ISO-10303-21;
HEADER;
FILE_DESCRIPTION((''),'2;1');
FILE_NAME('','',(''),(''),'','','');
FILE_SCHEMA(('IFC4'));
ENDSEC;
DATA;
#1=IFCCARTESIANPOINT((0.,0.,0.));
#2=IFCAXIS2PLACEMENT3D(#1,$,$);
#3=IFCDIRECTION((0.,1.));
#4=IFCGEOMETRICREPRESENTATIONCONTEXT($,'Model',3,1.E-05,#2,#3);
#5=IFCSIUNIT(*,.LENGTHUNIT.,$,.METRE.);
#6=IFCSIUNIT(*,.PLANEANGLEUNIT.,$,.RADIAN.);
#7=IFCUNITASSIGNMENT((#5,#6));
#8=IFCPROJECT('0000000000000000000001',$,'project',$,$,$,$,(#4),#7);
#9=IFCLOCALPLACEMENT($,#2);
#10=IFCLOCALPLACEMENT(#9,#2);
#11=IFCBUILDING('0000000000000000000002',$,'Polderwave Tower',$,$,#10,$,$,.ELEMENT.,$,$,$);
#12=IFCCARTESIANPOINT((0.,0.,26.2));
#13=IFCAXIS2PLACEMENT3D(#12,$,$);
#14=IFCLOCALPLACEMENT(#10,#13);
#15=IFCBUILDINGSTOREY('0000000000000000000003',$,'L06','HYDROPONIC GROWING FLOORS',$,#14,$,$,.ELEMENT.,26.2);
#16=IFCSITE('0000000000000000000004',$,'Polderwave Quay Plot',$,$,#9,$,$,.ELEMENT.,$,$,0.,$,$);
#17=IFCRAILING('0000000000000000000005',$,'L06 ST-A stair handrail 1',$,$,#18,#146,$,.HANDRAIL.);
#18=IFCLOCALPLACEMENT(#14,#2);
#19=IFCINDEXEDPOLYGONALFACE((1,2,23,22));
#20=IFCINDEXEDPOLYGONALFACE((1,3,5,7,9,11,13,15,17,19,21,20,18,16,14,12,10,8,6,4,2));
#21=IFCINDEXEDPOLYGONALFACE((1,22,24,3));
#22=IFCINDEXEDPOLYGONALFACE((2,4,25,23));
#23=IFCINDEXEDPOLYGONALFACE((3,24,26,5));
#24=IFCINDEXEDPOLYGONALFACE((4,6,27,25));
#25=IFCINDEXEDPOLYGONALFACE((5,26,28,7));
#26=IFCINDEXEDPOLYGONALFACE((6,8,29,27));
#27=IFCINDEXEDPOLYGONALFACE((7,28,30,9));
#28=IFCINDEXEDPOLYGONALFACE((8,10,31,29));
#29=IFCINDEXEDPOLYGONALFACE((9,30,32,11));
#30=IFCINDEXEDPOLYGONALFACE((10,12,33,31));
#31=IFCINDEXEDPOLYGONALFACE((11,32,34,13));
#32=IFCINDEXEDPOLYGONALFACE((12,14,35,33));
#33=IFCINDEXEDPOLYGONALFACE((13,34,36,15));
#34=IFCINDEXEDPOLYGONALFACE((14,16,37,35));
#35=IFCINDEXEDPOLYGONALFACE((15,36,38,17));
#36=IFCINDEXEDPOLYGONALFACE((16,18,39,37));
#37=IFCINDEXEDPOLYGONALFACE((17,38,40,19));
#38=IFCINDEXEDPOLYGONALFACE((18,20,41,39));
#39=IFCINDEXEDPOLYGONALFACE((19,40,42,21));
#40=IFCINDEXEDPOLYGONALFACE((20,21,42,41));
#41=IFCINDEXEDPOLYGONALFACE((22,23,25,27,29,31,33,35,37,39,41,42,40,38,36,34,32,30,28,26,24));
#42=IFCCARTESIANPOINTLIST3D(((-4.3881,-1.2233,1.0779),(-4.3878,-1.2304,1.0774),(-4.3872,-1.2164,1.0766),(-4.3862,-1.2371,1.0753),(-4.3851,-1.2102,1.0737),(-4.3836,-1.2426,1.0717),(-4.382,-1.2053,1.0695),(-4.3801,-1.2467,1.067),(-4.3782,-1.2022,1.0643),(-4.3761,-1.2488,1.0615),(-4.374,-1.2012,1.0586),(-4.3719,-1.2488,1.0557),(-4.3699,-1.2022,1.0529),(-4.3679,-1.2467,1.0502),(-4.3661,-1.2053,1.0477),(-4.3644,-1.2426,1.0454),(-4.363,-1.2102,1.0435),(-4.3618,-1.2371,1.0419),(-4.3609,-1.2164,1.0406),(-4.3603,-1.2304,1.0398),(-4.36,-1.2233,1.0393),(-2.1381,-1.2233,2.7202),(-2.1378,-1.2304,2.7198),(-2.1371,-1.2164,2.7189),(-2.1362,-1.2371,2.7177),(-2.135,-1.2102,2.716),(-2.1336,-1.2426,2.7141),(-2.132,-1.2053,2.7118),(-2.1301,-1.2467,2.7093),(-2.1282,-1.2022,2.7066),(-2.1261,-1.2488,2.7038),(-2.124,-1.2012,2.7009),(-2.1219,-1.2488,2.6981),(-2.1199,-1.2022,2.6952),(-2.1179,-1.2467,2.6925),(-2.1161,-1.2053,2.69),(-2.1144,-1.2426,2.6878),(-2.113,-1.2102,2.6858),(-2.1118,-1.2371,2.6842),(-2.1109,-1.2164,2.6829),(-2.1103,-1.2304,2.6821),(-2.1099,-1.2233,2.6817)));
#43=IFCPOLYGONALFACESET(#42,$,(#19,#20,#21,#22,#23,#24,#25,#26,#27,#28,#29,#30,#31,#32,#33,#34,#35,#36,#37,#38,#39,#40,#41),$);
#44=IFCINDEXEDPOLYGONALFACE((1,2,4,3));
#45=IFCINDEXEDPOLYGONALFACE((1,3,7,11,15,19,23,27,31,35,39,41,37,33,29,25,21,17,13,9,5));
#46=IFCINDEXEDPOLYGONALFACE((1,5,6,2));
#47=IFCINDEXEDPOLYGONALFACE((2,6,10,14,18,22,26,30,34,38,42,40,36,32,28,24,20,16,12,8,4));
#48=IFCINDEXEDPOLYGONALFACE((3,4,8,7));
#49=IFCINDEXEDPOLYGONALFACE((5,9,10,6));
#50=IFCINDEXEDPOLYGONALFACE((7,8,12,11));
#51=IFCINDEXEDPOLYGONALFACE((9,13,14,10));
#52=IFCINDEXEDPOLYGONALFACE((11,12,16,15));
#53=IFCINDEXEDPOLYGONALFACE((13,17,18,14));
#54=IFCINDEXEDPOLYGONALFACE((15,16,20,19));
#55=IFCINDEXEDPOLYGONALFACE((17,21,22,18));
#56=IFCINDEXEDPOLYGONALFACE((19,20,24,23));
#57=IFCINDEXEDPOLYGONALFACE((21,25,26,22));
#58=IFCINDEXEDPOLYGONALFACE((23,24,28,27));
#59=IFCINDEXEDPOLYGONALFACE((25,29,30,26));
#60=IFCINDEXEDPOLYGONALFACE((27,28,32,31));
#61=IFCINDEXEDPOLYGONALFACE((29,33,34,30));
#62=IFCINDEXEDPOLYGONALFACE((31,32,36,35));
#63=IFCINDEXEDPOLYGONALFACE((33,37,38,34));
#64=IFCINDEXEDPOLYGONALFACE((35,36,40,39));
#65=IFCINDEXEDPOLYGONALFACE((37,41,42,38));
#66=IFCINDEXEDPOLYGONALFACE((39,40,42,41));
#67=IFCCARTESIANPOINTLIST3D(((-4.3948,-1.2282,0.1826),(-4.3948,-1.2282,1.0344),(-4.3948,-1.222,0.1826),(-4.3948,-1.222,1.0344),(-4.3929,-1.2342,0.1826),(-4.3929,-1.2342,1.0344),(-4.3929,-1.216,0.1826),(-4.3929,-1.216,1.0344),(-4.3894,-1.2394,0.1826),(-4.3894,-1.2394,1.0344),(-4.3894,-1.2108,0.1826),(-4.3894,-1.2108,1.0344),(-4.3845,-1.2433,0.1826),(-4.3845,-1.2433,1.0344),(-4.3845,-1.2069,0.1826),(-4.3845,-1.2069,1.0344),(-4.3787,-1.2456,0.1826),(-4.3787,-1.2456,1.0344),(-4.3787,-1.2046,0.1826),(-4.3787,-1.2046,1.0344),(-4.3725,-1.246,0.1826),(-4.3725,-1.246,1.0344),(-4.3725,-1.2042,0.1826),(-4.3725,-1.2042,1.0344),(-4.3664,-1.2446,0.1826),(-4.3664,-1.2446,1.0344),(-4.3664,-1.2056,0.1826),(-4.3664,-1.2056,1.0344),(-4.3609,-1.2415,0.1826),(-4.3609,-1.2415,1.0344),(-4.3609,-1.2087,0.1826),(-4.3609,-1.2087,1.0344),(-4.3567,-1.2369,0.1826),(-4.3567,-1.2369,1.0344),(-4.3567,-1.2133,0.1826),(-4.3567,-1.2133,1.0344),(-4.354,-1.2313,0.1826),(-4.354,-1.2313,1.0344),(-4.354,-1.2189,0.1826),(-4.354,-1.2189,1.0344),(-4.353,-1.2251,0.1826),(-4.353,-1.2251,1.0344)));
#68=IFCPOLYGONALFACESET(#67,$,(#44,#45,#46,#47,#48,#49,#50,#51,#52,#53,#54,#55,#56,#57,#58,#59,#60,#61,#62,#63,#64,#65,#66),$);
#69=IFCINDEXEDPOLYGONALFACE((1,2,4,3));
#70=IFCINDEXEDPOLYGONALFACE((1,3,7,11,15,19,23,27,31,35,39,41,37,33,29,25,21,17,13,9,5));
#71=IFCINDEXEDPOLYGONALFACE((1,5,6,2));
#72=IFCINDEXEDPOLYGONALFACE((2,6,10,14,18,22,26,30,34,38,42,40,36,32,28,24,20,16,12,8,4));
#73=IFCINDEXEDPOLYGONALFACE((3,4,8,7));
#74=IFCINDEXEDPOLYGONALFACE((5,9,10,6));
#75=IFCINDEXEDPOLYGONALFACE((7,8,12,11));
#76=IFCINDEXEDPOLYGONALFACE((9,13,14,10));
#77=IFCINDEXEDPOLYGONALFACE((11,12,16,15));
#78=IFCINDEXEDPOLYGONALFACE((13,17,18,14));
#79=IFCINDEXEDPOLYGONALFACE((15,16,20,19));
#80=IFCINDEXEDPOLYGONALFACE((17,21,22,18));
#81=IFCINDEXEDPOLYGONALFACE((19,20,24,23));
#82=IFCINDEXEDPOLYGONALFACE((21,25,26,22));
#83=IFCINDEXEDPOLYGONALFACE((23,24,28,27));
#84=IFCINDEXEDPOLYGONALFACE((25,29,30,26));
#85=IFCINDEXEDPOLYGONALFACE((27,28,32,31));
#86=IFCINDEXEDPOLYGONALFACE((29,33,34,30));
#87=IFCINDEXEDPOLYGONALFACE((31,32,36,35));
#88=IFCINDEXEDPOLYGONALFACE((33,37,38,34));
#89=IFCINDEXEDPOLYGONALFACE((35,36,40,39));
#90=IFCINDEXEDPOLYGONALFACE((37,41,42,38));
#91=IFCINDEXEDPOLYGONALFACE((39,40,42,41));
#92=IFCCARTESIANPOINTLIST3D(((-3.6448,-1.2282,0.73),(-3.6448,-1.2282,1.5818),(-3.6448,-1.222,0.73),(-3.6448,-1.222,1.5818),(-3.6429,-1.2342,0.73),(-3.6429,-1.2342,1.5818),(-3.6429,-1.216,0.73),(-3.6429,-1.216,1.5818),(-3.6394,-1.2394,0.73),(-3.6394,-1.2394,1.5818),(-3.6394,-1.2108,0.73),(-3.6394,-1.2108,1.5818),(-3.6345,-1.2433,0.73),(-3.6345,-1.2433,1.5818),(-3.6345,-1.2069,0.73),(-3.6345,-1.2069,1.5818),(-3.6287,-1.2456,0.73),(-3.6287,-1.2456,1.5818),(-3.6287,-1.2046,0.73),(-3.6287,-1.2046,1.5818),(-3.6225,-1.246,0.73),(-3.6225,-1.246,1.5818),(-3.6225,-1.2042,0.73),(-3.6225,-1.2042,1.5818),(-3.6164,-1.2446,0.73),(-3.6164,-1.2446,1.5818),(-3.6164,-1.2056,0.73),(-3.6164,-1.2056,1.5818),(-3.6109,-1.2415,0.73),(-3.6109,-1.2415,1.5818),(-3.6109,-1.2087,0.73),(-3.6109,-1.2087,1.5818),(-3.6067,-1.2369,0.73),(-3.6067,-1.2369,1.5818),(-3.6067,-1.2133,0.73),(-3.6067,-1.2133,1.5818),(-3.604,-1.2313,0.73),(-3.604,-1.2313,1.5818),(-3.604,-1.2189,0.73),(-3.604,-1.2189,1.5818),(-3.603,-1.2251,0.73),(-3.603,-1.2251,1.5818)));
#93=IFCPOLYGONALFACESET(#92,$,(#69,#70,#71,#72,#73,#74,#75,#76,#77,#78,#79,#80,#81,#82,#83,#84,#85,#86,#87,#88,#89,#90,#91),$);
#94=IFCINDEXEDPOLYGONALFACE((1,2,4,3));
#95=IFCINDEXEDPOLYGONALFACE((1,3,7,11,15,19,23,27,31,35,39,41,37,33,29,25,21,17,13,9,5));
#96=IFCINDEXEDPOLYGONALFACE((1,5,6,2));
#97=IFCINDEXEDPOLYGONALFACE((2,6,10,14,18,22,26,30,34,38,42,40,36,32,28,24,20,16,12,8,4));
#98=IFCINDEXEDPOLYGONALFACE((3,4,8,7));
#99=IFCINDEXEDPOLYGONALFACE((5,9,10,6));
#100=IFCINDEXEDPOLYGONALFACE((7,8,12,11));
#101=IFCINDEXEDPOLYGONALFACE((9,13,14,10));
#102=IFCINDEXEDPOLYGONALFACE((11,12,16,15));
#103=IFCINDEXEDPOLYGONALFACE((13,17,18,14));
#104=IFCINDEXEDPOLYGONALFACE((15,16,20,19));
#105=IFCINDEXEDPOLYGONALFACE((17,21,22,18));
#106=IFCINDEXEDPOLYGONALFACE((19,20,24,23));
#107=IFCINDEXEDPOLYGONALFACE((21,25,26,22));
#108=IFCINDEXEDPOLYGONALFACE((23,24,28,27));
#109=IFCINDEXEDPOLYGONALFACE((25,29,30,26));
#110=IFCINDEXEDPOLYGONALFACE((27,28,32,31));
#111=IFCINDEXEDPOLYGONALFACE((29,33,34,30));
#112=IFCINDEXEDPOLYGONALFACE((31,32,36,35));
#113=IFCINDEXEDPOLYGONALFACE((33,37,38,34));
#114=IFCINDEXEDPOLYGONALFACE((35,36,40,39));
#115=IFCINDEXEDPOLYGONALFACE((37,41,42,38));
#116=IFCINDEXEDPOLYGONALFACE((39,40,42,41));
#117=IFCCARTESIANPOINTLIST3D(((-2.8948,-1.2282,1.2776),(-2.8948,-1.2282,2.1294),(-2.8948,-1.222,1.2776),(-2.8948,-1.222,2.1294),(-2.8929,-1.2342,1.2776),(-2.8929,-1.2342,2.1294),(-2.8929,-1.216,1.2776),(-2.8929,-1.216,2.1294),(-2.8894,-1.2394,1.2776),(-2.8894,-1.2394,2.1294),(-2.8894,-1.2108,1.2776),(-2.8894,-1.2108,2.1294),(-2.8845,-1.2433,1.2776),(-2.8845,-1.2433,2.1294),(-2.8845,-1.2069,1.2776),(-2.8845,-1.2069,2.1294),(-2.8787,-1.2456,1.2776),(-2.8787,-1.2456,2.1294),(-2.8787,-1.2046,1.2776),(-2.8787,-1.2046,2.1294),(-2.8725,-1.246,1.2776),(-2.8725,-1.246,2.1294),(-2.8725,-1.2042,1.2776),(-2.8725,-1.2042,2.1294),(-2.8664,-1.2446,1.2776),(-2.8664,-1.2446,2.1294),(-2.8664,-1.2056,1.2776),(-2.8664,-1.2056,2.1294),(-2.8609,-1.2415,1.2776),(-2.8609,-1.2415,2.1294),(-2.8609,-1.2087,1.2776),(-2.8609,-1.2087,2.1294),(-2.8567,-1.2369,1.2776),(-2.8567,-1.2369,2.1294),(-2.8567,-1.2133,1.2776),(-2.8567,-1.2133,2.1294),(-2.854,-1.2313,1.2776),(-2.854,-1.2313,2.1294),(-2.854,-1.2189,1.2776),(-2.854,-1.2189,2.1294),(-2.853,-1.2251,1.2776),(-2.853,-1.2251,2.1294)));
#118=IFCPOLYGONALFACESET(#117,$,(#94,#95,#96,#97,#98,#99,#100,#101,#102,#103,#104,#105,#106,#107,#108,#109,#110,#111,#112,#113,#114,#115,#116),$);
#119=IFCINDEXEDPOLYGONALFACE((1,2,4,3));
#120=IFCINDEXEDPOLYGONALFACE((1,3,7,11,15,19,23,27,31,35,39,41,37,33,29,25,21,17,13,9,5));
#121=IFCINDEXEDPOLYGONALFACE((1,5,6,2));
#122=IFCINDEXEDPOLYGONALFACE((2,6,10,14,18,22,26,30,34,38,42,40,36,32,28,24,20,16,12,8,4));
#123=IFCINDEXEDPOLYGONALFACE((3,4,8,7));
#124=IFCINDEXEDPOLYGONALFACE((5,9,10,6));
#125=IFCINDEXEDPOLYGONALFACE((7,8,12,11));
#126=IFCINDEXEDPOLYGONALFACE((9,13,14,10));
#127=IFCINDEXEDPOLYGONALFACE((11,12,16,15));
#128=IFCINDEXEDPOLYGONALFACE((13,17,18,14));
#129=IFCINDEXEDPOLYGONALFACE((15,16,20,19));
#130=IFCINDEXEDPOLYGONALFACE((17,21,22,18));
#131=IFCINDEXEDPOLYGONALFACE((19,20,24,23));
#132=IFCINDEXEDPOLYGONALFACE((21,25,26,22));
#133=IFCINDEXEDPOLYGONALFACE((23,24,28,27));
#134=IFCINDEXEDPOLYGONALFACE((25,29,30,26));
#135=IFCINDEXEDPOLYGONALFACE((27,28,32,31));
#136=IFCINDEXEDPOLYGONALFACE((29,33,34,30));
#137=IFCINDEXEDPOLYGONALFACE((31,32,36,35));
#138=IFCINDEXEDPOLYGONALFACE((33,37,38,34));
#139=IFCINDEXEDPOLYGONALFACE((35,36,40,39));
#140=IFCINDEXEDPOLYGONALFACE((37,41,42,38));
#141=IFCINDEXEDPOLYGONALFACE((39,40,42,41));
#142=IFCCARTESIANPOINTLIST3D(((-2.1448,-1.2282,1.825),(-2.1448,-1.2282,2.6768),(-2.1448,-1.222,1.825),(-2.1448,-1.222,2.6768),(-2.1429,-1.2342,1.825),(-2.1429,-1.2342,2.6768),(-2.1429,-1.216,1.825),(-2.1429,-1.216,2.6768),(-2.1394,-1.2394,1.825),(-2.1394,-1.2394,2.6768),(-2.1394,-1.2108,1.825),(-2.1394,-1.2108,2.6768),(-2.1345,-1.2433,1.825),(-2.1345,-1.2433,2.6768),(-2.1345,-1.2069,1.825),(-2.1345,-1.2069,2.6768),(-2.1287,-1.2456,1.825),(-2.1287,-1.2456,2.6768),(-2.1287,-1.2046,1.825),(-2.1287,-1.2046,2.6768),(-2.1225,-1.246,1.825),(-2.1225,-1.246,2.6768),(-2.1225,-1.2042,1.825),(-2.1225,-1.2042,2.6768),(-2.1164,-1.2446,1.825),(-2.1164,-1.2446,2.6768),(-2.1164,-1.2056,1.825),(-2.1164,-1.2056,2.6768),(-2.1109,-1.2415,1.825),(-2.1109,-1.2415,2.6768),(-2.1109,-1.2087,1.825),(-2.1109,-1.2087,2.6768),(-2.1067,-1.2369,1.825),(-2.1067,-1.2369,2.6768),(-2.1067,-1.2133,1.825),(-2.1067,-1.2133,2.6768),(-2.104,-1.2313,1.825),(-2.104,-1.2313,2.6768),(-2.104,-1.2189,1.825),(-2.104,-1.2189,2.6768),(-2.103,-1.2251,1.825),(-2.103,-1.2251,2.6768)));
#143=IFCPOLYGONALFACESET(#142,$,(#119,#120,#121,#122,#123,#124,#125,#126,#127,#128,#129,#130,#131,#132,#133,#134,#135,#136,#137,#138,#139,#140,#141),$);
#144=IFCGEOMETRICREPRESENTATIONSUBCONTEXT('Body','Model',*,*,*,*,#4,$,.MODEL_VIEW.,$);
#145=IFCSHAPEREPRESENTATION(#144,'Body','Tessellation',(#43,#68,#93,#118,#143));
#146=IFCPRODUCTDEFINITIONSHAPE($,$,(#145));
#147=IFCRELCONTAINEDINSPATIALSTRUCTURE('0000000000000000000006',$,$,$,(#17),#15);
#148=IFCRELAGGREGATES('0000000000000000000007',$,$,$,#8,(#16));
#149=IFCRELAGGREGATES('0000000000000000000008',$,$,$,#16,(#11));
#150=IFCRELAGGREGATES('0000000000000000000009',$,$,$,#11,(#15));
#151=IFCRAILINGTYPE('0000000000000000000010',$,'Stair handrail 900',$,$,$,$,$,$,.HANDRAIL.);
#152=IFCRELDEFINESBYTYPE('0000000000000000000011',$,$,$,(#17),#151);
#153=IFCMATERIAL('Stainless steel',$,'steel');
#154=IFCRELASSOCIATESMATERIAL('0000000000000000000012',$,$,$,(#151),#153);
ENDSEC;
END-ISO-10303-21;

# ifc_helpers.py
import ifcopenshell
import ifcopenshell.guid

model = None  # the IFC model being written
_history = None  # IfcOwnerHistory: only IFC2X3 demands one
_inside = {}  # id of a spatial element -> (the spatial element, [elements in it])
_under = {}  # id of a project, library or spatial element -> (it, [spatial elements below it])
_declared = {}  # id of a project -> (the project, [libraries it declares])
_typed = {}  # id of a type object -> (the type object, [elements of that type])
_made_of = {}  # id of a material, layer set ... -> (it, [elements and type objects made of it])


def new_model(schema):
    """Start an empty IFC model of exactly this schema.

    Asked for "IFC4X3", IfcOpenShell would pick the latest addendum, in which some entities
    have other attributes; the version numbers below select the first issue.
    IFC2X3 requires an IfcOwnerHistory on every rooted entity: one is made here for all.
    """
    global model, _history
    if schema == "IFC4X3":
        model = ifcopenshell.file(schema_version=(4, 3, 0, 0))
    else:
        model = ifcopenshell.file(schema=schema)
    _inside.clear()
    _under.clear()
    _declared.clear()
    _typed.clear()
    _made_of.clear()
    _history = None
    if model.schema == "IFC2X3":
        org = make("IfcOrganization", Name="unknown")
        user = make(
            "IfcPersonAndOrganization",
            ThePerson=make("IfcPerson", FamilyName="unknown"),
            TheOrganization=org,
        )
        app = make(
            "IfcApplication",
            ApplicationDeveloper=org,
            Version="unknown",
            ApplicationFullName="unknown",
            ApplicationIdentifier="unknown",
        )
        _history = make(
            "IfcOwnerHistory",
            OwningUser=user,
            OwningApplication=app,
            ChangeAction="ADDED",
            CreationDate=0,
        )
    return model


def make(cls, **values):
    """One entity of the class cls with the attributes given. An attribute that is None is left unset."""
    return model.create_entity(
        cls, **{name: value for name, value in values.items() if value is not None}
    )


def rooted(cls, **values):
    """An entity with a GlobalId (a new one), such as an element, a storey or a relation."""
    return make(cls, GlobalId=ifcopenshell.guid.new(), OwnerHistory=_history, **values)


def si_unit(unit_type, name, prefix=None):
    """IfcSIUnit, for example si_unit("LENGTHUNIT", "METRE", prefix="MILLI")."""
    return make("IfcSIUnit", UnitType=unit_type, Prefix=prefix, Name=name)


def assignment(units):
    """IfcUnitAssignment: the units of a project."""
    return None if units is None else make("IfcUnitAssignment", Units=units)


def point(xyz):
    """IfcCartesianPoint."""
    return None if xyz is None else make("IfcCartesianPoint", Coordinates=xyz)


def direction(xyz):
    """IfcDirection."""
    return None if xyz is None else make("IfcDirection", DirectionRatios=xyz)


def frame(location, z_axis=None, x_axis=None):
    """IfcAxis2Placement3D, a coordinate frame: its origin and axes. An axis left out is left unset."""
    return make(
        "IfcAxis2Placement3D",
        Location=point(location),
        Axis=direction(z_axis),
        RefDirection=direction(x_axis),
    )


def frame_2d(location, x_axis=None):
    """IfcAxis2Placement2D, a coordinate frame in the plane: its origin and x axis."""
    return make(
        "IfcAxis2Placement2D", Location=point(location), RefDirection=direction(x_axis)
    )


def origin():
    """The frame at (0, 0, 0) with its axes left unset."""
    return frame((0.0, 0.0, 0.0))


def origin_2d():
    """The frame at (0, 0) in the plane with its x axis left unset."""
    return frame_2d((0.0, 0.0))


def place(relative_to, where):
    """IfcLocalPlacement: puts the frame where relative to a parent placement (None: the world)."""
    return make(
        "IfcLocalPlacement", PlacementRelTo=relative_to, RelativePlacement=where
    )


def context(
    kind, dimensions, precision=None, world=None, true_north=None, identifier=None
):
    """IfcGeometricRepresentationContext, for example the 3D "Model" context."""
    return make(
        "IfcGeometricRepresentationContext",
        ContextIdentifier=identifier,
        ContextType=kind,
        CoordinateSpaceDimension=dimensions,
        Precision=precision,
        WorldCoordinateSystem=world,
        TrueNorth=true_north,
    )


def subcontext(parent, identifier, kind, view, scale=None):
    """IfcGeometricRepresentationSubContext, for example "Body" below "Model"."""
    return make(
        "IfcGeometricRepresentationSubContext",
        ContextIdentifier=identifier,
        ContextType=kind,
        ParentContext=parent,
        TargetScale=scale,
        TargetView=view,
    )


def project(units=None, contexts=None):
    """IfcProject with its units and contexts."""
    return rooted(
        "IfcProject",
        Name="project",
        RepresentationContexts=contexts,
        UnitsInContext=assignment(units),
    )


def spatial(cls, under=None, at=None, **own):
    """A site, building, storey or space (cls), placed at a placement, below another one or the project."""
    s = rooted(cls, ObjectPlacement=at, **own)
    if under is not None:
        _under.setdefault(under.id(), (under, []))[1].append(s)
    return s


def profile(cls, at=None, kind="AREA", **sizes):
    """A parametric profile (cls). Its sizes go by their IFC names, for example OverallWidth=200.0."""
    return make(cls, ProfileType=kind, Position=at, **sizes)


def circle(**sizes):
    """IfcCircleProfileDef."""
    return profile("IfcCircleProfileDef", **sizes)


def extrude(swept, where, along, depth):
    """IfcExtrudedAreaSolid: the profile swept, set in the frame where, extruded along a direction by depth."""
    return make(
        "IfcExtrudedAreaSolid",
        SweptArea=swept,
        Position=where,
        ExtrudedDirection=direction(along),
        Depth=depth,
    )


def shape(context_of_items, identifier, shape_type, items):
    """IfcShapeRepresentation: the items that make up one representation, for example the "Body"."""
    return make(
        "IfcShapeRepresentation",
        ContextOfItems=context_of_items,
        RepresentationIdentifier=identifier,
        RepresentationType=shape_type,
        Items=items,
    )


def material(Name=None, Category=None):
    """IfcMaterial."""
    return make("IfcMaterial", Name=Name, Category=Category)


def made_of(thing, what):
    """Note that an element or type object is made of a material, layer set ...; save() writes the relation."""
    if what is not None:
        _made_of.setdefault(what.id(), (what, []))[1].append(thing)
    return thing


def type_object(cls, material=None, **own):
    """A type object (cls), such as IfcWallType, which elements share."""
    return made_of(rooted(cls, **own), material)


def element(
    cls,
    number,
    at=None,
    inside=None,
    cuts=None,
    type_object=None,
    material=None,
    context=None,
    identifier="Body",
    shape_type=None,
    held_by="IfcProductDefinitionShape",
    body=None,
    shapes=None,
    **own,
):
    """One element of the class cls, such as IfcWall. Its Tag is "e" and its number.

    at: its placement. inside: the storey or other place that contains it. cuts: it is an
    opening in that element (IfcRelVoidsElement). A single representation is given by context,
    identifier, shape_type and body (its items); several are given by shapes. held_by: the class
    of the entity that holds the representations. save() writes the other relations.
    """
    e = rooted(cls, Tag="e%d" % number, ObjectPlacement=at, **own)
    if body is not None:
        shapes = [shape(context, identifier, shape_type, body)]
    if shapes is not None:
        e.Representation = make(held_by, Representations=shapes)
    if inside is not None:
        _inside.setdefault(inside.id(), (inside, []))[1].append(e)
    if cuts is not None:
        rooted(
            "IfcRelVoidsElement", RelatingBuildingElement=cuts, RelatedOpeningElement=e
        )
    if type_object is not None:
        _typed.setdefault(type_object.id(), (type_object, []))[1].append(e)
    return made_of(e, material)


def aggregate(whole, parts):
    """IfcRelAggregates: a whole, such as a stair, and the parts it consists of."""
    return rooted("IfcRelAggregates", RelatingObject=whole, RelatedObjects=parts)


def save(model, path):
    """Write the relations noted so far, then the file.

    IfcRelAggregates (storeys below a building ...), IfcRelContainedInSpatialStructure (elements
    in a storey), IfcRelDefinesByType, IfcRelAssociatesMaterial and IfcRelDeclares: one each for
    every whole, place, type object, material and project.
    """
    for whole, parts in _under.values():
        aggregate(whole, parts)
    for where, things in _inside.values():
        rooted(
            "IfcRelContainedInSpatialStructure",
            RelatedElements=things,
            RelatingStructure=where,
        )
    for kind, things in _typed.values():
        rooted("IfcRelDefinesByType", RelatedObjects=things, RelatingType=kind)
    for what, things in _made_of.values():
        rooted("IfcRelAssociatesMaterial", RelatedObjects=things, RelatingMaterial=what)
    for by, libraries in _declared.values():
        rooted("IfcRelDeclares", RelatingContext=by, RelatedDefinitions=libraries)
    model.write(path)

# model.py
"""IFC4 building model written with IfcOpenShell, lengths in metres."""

from ifc_helpers import new_model, si_unit, direction, frame, origin, origin_2d, place, context, subcontext, project, spatial, circle, extrude, material, type_object, element, save


model = new_model("IFC4")

# Units and contexts
model_context = context("Model", 3, precision=1e-05, world=origin(), true_north=direction((0.0, 1.0)))
body_context = subcontext(model_context, "Body", "Model", "MODEL_VIEW")
ifc_project = project(units=[si_unit("LENGTHUNIT", "METRE"), si_unit("PLANEANGLEUNIT", "RADIAN")], contexts=[model_context])

# Site, building, storey
site_placement = place(None, origin())
site = spatial("IfcSite", under=ifc_project, at=site_placement, Name="Polderwave Quay Plot", CompositionType="ELEMENT", RefElevation=0.0)
building_placement = place(site_placement, origin())
building = spatial("IfcBuilding", under=site, at=building_placement, Name="Polderwave Tower", CompositionType="ELEMENT")
storey_placement = place(building_placement, frame((0.0, 0.0, 26.2)))
storey = spatial("IfcBuildingStorey", under=building, at=storey_placement, Name="L06", Description="HYDROPONIC GROWING FLOORS", CompositionType="ELEMENT", Elevation=26.2)

# Railing
ifc_material_1 = material(Name="Stainless steel", Category="steel")
railing_type_1 = type_object("IfcRailingType", Name="Stair handrail 900", PredefinedType="HANDRAIL", material=ifc_material_1)
railing_1_placement = place(storey_placement, frame((-4.374, -1.2251, 0.1826)))
element("IfcRailing", 1, at=railing_1_placement, inside=storey, type_object=railing_type_1, Name="L06 ST-A stair handrail 1", PredefinedType="HANDRAIL", context=body_context, shape_type="SweptSolid", body=[
    extrude(circle(Radius=0.0239, at=origin_2d()), frame((0.0, 0.0, 0.876), z_axis=(0.807715, 0.0, 0.589573), x_axis=(0.0, 1.0, 0.0)), (0.0, 0.0, 1.0), 2.7856),
    extrude(circle(Radius=0.021, at=origin_2d()), origin(), (0.0, 0.0, 1.0), 0.8518),
    extrude(circle(Radius=0.021, at=origin_2d()), frame((0.75, 0.0, 0.5474)), (0.0, 0.0, 1.0), 0.8518),
    extrude(circle(Radius=0.021, at=origin_2d()), frame((1.5, 0.0, 1.095)), (0.0, 0.0, 1.0), 0.8518),
    extrude(circle(Radius=0.021, at=origin_2d()), frame((2.25, 0.0, 1.6423)), (0.0, 0.0, 1.0), 0.8518),
])

save(model, "model.ifc")
